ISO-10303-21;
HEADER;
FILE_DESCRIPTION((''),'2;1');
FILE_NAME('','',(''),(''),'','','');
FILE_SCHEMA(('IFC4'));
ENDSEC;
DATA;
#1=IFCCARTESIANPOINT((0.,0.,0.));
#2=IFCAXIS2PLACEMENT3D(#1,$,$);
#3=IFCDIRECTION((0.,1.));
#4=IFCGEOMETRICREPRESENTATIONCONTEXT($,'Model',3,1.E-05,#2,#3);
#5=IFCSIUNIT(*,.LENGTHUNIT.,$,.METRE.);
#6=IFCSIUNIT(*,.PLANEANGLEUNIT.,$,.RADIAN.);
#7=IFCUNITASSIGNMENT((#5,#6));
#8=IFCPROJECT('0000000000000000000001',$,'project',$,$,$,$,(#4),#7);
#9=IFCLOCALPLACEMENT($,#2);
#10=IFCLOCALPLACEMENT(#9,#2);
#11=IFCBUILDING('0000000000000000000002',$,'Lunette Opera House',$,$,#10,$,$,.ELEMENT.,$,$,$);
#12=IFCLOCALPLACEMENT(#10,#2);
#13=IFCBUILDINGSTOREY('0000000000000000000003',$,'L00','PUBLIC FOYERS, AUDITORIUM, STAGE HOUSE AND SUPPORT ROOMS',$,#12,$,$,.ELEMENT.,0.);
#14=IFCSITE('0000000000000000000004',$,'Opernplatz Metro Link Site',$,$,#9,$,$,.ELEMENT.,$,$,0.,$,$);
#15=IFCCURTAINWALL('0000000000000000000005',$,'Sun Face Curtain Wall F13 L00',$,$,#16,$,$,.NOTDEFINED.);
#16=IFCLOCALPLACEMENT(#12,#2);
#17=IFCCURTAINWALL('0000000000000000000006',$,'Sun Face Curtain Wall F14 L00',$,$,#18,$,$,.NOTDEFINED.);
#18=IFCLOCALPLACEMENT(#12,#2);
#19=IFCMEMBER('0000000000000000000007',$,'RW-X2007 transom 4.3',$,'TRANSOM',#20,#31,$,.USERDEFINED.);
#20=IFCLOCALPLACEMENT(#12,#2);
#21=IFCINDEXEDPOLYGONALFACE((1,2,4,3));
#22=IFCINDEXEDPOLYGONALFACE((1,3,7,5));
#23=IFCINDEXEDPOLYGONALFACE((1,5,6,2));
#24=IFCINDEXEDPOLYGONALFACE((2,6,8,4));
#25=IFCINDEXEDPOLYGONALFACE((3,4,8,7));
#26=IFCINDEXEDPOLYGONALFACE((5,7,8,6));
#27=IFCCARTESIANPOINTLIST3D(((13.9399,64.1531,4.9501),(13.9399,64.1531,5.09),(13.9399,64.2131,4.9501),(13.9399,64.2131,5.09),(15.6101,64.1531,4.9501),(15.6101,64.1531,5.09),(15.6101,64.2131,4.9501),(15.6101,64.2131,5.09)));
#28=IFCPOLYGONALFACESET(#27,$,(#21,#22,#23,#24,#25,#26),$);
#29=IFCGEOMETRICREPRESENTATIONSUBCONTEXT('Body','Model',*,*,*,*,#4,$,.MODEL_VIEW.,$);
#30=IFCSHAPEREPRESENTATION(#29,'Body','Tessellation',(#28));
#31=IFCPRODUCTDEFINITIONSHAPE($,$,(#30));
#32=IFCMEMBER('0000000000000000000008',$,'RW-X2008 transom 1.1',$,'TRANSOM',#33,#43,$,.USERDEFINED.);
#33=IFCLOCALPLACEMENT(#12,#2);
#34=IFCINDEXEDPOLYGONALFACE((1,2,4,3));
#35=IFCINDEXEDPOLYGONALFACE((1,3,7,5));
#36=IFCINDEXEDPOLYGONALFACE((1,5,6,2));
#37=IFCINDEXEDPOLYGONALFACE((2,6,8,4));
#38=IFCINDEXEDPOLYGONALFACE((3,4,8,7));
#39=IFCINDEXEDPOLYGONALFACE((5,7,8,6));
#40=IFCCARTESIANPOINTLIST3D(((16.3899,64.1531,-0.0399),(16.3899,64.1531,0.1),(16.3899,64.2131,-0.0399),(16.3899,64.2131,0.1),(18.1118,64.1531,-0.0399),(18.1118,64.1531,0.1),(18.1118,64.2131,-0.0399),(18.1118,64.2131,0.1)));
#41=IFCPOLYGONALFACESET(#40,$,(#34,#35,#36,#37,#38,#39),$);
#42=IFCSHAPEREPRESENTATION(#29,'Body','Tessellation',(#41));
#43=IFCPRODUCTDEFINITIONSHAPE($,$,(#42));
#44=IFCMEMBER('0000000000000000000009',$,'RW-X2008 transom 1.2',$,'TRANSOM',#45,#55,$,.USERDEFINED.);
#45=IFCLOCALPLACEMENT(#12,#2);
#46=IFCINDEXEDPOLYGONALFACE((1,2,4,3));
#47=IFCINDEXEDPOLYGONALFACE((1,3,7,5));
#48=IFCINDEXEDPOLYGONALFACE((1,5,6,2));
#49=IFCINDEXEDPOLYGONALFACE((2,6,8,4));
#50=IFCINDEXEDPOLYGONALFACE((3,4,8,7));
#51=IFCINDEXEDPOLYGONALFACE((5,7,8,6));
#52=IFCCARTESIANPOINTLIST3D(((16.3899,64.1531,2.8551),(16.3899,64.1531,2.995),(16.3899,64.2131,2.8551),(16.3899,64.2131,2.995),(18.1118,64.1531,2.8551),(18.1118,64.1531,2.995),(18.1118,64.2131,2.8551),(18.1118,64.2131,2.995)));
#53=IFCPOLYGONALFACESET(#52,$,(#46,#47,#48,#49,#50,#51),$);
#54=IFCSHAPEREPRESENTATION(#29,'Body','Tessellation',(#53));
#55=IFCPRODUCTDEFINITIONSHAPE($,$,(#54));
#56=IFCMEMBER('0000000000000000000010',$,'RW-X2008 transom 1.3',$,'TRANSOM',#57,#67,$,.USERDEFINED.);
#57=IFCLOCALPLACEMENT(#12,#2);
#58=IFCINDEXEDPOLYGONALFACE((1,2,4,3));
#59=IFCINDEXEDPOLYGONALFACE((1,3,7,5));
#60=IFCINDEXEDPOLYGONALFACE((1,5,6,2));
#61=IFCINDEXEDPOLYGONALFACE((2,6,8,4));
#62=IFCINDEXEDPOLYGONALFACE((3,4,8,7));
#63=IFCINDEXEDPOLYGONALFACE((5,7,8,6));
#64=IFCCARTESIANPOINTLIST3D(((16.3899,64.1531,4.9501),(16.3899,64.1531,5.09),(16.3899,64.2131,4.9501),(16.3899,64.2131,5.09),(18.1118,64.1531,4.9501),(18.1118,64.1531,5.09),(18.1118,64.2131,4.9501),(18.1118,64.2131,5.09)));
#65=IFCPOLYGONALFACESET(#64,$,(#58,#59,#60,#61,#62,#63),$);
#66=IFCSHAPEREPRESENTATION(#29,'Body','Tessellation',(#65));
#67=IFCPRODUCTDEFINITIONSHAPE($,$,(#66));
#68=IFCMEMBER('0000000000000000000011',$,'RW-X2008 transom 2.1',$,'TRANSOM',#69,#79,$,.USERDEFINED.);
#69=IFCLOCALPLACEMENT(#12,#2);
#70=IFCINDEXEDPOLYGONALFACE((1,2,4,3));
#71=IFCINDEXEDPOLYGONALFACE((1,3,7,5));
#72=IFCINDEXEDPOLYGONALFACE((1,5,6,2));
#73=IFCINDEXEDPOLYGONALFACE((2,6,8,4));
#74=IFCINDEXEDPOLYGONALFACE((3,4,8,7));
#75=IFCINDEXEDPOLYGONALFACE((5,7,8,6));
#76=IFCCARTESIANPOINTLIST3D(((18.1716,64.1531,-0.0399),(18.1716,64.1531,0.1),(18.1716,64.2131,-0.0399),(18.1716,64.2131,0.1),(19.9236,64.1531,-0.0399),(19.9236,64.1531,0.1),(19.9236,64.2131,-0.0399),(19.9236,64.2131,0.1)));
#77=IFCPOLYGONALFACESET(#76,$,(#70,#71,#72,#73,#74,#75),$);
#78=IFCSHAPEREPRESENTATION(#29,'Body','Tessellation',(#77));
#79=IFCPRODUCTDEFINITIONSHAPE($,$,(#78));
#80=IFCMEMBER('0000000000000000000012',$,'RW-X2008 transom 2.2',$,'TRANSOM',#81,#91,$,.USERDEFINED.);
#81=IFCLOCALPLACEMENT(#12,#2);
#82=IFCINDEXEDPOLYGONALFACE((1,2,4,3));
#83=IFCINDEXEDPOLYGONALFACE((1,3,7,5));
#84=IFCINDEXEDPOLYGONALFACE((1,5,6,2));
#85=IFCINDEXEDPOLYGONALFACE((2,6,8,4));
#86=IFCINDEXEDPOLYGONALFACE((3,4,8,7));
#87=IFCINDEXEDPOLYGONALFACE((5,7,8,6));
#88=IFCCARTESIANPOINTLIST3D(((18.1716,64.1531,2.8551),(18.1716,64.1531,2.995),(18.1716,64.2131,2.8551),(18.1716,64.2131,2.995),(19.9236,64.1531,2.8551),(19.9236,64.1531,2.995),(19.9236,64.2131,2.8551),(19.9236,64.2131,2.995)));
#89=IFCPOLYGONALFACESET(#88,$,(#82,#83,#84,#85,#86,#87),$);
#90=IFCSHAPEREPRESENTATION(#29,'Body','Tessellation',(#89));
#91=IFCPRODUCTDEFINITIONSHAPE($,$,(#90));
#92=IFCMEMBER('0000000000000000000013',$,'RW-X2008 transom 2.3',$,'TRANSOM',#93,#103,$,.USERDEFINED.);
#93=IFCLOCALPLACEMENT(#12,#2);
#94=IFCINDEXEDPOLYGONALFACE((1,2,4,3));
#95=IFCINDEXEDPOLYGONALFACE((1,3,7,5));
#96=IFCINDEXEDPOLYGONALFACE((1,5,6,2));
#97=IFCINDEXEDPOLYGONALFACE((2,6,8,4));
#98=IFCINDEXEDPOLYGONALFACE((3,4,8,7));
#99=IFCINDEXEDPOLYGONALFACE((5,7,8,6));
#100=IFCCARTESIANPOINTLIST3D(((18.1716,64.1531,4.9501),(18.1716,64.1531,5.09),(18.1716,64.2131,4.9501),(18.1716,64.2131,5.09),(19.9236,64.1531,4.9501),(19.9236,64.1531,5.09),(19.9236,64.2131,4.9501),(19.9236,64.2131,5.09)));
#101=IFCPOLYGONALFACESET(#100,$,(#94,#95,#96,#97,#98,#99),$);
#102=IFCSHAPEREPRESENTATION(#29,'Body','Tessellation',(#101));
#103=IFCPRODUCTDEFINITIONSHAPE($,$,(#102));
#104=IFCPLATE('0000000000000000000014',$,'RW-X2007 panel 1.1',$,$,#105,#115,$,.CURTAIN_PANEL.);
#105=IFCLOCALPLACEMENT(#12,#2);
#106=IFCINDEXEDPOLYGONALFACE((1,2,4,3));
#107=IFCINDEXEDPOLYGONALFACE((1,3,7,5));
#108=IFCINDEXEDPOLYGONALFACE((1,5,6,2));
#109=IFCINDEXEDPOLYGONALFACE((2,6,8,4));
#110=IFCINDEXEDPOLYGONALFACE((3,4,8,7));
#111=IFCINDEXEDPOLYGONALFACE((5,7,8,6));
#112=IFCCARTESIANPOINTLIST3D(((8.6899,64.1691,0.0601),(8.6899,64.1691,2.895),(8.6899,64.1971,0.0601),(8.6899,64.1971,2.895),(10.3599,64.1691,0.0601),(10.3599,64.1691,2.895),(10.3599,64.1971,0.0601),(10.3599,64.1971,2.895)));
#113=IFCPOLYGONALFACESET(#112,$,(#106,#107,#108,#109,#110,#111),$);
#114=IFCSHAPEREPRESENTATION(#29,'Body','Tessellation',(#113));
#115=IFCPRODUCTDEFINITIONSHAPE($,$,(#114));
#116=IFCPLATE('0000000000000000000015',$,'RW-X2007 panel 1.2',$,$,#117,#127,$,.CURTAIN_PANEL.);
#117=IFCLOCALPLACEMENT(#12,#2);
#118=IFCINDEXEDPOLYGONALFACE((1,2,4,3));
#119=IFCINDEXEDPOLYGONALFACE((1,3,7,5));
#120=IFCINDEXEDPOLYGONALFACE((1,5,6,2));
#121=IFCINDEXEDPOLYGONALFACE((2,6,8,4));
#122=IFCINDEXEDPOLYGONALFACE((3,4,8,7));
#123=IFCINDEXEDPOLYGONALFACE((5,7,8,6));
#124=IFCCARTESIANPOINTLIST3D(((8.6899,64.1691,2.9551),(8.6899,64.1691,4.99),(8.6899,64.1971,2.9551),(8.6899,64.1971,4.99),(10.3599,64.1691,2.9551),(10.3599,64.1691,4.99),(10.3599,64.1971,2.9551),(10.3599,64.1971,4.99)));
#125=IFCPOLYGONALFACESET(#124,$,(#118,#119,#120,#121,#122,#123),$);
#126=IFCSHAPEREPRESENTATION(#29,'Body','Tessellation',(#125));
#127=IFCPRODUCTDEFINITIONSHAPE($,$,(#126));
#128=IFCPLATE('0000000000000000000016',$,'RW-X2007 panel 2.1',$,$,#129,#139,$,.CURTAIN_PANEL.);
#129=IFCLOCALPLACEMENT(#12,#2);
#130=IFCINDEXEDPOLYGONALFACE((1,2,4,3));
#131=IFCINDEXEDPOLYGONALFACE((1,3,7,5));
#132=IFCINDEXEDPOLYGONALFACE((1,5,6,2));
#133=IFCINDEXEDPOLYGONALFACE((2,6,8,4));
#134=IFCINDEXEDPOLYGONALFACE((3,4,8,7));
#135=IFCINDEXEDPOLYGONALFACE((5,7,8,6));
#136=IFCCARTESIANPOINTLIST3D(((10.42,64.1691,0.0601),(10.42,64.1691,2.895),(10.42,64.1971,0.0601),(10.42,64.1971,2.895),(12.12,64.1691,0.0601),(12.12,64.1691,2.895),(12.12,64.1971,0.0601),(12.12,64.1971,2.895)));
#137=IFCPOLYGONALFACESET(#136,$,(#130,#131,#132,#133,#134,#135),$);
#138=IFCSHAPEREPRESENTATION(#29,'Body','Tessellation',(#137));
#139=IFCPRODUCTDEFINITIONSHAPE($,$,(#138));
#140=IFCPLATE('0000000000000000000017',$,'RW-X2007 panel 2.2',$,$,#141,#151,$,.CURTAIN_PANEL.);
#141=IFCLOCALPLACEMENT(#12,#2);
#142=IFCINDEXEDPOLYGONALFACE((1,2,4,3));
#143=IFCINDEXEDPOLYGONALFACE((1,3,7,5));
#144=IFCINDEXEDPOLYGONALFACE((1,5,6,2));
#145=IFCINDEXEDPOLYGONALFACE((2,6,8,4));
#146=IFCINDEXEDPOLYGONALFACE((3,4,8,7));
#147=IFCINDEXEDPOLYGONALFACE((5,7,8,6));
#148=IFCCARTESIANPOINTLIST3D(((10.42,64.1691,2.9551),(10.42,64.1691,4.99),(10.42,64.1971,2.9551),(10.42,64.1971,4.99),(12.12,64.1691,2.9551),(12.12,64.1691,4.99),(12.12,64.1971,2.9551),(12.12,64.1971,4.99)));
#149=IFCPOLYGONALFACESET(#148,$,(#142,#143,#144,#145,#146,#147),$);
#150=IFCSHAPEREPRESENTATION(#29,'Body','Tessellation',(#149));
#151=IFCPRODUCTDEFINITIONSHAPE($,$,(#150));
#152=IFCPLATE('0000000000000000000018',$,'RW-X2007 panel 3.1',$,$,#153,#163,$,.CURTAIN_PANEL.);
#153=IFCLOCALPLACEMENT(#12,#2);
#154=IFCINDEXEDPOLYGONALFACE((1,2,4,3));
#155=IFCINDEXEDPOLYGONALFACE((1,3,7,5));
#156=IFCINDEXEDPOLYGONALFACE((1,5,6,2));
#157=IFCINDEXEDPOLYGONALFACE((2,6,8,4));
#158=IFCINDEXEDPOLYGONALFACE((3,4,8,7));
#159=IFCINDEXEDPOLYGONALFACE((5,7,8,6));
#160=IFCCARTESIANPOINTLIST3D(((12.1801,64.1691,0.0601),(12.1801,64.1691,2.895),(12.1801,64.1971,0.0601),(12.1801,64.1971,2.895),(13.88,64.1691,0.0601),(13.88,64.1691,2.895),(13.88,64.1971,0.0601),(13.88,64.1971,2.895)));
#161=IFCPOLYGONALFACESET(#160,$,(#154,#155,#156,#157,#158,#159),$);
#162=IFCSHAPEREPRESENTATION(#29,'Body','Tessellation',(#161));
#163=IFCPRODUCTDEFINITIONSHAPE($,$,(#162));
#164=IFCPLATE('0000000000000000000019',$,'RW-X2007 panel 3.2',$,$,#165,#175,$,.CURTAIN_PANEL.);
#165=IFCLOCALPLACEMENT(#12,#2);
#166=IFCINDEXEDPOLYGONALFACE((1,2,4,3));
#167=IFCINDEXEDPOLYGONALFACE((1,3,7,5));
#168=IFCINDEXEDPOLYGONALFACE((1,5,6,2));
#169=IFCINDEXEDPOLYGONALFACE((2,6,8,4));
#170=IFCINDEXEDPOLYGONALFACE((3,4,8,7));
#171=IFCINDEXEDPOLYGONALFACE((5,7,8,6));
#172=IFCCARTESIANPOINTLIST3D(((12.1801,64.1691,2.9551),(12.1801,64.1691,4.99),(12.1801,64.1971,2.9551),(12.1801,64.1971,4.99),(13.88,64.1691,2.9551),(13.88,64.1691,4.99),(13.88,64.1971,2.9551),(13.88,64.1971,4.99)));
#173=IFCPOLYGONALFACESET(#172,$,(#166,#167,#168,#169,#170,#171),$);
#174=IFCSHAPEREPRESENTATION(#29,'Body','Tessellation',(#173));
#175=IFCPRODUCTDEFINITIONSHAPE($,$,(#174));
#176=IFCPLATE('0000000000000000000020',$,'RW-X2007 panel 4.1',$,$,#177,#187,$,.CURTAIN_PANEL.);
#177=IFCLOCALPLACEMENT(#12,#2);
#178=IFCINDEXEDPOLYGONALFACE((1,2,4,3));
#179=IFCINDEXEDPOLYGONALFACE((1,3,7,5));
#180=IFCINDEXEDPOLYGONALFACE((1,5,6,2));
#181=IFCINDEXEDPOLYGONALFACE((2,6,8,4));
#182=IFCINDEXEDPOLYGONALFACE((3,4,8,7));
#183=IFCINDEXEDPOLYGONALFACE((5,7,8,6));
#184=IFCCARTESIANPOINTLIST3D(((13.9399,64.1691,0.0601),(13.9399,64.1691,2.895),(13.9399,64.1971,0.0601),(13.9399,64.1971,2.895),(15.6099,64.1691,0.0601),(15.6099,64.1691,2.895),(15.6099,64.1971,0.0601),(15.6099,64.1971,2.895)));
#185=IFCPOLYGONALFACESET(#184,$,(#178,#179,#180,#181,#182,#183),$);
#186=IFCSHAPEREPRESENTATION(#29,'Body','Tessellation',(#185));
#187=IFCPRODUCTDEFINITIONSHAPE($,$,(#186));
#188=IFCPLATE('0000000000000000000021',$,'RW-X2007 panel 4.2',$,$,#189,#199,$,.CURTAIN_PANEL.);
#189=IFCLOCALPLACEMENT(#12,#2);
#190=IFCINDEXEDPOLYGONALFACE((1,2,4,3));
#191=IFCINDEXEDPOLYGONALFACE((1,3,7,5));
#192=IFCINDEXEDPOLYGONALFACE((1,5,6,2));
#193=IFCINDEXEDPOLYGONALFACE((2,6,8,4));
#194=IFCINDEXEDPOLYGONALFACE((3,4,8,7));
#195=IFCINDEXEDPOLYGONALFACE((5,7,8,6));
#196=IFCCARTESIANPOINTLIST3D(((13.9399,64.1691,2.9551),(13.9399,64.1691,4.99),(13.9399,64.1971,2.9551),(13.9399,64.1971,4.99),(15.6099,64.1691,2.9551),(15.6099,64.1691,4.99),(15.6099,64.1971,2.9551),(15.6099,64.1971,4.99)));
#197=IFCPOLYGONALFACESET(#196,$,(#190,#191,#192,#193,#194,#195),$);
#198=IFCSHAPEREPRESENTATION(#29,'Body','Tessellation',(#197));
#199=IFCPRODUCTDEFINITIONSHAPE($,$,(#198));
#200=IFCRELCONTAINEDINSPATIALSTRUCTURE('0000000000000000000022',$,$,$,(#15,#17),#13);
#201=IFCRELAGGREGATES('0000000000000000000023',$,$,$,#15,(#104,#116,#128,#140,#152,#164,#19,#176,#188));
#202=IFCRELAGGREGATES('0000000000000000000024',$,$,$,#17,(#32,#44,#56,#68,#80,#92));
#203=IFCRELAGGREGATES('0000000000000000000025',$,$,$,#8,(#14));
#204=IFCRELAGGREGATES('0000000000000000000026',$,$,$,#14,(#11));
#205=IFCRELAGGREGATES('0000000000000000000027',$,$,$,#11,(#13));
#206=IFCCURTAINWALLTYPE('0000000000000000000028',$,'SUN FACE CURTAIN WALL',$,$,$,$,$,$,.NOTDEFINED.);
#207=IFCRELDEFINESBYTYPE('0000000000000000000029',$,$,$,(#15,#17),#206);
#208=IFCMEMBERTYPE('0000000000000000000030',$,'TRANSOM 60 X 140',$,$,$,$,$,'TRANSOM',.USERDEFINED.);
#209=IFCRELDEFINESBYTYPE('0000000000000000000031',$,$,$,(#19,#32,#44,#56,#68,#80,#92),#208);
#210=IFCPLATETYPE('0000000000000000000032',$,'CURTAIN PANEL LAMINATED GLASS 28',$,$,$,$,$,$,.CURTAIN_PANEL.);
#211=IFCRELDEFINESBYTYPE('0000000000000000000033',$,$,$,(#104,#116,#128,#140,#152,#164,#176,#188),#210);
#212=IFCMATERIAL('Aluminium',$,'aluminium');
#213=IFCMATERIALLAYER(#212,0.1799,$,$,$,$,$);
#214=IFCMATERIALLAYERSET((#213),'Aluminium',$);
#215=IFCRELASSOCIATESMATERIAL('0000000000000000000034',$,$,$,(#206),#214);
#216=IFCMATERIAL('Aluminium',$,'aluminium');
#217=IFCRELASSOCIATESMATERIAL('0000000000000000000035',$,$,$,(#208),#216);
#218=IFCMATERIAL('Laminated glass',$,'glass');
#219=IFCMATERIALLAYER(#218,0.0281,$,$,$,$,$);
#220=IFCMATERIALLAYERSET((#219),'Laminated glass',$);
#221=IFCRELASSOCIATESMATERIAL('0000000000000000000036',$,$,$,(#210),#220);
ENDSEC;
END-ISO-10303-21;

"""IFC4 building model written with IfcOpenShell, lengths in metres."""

from ifc_helpers import new_model, si_unit, direction, frame, origin, origin_2d, place, context, subcontext, project, spatial, rectangle, extrude, material, layer, layer_set, material_profile, profile_set, type_object, element, aggregate, save


model = new_model("IFC4")

# Units and contexts
model_context = context("Model", 3, precision=1e-05, world=origin(), true_north=direction((0.0, 1.0)))
body_context = subcontext(model_context, "Body", "Model", "MODEL_VIEW")
ifc_project = project(units=[si_unit("LENGTHUNIT", "METRE"), si_unit("PLANEANGLEUNIT", "RADIAN")], contexts=[model_context])

# Site, building, storey
site_placement = place(None, origin())
site = spatial("IfcSite", under=ifc_project, at=site_placement, Name="Opernplatz Metro Link Site", CompositionType="ELEMENT", RefElevation=0.0)
building_placement = place(site_placement, origin())
building = spatial("IfcBuilding", under=site, at=building_placement, Name="Lunette Opera House", CompositionType="ELEMENT")
storey_placement = place(building_placement, origin())
storey = spatial("IfcBuildingStorey", under=building, at=storey_placement, Name="L00", Description="PUBLIC FOYERS, AUDITORIUM, STAGE HOUSE AND SUPPORT ROOMS", CompositionType="ELEMENT", Elevation=0.0)

# Curtain walls
ifc_material_1 = material(Name="Aluminium", Category="aluminium")
ifc_layer_1 = layer(ifc_material_1, 0.1799)
ifc_layer_set_1 = layer_set([ifc_layer_1], Name="Aluminium")
curtain_wall_type = type_object("IfcCurtainWallType", Name="SUN FACE CURTAIN WALL", PredefinedType="NOTDEFINED", material=ifc_layer_set_1)
curtain_wall_1_placement = place(storey_placement, origin())
curtain_wall_1 = element("IfcCurtainWall", 1, at=curtain_wall_1_placement, inside=storey, type_object=curtain_wall_type, Name="Sun Face Curtain Wall F13 L00", PredefinedType="NOTDEFINED")
curtain_wall_2_placement = place(storey_placement, origin())
curtain_wall_2 = element("IfcCurtainWall", 2, at=curtain_wall_2_placement, inside=storey, type_object=curtain_wall_type, Name="Sun Face Curtain Wall F14 L00", PredefinedType="NOTDEFINED")

# Members
ifc_material_2 = material(Name="Aluminium", Category="aluminium")
ifc_material_profile_1 = material_profile(ifc_material_2, rectangle(XDim=0.0601, YDim=0.1399, at=origin_2d()), Name="TRANSOM 60 X 140")
ifc_profile_set_1 = profile_set([ifc_material_profile_1], Name="Aluminium")
member_type_1 = type_object("IfcMemberType", Name="TRANSOM 60 X 140", ElementType="TRANSOM", PredefinedType="USERDEFINED", material=ifc_profile_set_1)
member_1_placement = place(storey_placement, frame((13.9399, 64.1831, 5.02), z_axis=(1.0, 0.0, 0.0), x_axis=(0.0, 1.0, 0.0)))
member_1 = element("IfcMember", 3, at=member_1_placement, type_object=member_type_1, Name="RW-X2007 transom 4.3", ObjectType="TRANSOM", PredefinedType="USERDEFINED", context=body_context, shape_type="SweptSolid", body=[
    extrude(rectangle(XDim=0.0601, YDim=0.1399, at=origin_2d()), origin(), (0.0, 0.0, 1.0), 1.6702),
])
member_2_placement = place(storey_placement, frame((16.3899, 64.1831, 0.03), z_axis=(1.0, 0.0, 0.0), x_axis=(0.0, 1.0, 0.0)))
member_2 = element("IfcMember", 4, at=member_2_placement, type_object=member_type_1, Name="RW-X2008 transom 1.1", ObjectType="TRANSOM", PredefinedType="USERDEFINED", context=body_context, shape_type="SweptSolid", body=[
    extrude(rectangle(XDim=0.0601, YDim=0.1399, at=origin_2d()), origin(), (0.0, 0.0, 1.0), 1.7219),
])
member_3_placement = place(storey_placement, frame((16.3899, 64.1831, 2.925), z_axis=(1.0, 0.0, 0.0), x_axis=(0.0, 1.0, 0.0)))
member_3 = element("IfcMember", 5, at=member_3_placement, type_object=member_type_1, Name="RW-X2008 transom 1.2", ObjectType="TRANSOM", PredefinedType="USERDEFINED", context=body_context, shape_type="SweptSolid", body=[
    extrude(rectangle(XDim=0.0601, YDim=0.1399, at=origin_2d()), origin(), (0.0, 0.0, 1.0), 1.7219),
])
member_4_placement = place(storey_placement, frame((16.3899, 64.1831, 5.02), z_axis=(1.0, 0.0, 0.0), x_axis=(0.0, 1.0, 0.0)))
member_4 = element("IfcMember", 6, at=member_4_placement, type_object=member_type_1, Name="RW-X2008 transom 1.3", ObjectType="TRANSOM", PredefinedType="USERDEFINED", context=body_context, shape_type="SweptSolid", body=[
    extrude(rectangle(XDim=0.0601, YDim=0.1399, at=origin_2d()), origin(), (0.0, 0.0, 1.0), 1.7219),
])
member_5_placement = place(storey_placement, frame((18.1716, 64.1831, 0.03), z_axis=(1.0, 0.0, 0.0), x_axis=(0.0, 1.0, 0.0)))
member_5 = element("IfcMember", 7, at=member_5_placement, type_object=member_type_1, Name="RW-X2008 transom 2.1", ObjectType="TRANSOM", PredefinedType="USERDEFINED", context=body_context, shape_type="SweptSolid", body=[
    extrude(rectangle(XDim=0.0601, YDim=0.1399, at=origin_2d()), origin(), (0.0, 0.0, 1.0), 1.752),
])
member_6_placement = place(storey_placement, frame((18.1716, 64.1831, 2.925), z_axis=(1.0, 0.0, 0.0), x_axis=(0.0, 1.0, 0.0)))
member_6 = element("IfcMember", 8, at=member_6_placement, type_object=member_type_1, Name="RW-X2008 transom 2.2", ObjectType="TRANSOM", PredefinedType="USERDEFINED", context=body_context, shape_type="SweptSolid", body=[
    extrude(rectangle(XDim=0.0601, YDim=0.1399, at=origin_2d()), origin(), (0.0, 0.0, 1.0), 1.752),
])
member_7_placement = place(storey_placement, frame((18.1716, 64.1831, 5.02), z_axis=(1.0, 0.0, 0.0), x_axis=(0.0, 1.0, 0.0)))
member_7 = element("IfcMember", 9, at=member_7_placement, type_object=member_type_1, Name="RW-X2008 transom 2.3", ObjectType="TRANSOM", PredefinedType="USERDEFINED", context=body_context, shape_type="SweptSolid", body=[
    extrude(rectangle(XDim=0.0601, YDim=0.1399, at=origin_2d()), origin(), (0.0, 0.0, 1.0), 1.752),
])

# Plates
ifc_material_3 = material(Name="Laminated glass", Category="glass")
ifc_layer_2 = layer(ifc_material_3, 0.0281)
ifc_layer_set_2 = layer_set([ifc_layer_2], Name="Laminated glass")
plate_type = type_object("IfcPlateType", Name="CURTAIN PANEL LAMINATED GLASS 28", PredefinedType="CURTAIN_PANEL", material=ifc_layer_set_2)
plate_1_placement = place(storey_placement, frame((9.5249, 64.1831, 0.0601), z_axis=(0.0, 0.0, 1.0), x_axis=(1.0, 0.0, 0.0)))
plate_1 = element("IfcPlate", 10, at=plate_1_placement, type_object=plate_type, Name="RW-X2007 panel 1.1", PredefinedType="CURTAIN_PANEL", context=body_context, shape_type="SweptSolid", body=[
    extrude(rectangle(XDim=1.6699, YDim=0.0281, at=origin_2d()), origin(), (0.0, 0.0, 1.0), 2.835),
])
plate_2_placement = place(storey_placement, frame((9.5249, 64.1831, 2.9551), z_axis=(0.0, 0.0, 1.0), x_axis=(1.0, 0.0, 0.0)))
plate_2 = element("IfcPlate", 11, at=plate_2_placement, type_object=plate_type, Name="RW-X2007 panel 1.2", PredefinedType="CURTAIN_PANEL", context=body_context, shape_type="SweptSolid", body=[
    extrude(rectangle(XDim=1.6699, YDim=0.0281, at=origin_2d()), origin(), (0.0, 0.0, 1.0), 2.0349),
])
plate_3_placement = place(storey_placement, frame((11.27, 64.1831, 0.0601), z_axis=(0.0, 0.0, 1.0), x_axis=(1.0, 0.0, 0.0)))
plate_3 = element("IfcPlate", 12, at=plate_3_placement, type_object=plate_type, Name="RW-X2007 panel 2.1", PredefinedType="CURTAIN_PANEL", context=body_context, shape_type="SweptSolid", body=[
    extrude(rectangle(XDim=1.7, YDim=0.0281, at=origin_2d()), origin(), (0.0, 0.0, 1.0), 2.835),
])
plate_4_placement = place(storey_placement, frame((11.27, 64.1831, 2.9551), z_axis=(0.0, 0.0, 1.0), x_axis=(1.0, 0.0, 0.0)))
plate_4 = element("IfcPlate", 13, at=plate_4_placement, type_object=plate_type, Name="RW-X2007 panel 2.2", PredefinedType="CURTAIN_PANEL", context=body_context, shape_type="SweptSolid", body=[
    extrude(rectangle(XDim=1.7, YDim=0.0281, at=origin_2d()), origin(), (0.0, 0.0, 1.0), 2.0349),
])
plate_5_placement = place(storey_placement, frame((13.03, 64.1831, 0.0601), z_axis=(0.0, 0.0, 1.0), x_axis=(1.0, 0.0, 0.0)))
plate_5 = element("IfcPlate", 14, at=plate_5_placement, type_object=plate_type, Name="RW-X2007 panel 3.1", PredefinedType="CURTAIN_PANEL", context=body_context, shape_type="SweptSolid", body=[
    extrude(rectangle(XDim=1.7, YDim=0.0281, at=origin_2d()), origin(), (0.0, 0.0, 1.0), 2.835),
])
plate_6_placement = place(storey_placement, frame((13.03, 64.1831, 2.9551), z_axis=(0.0, 0.0, 1.0), x_axis=(1.0, 0.0, 0.0)))
plate_6 = element("IfcPlate", 15, at=plate_6_placement, type_object=plate_type, Name="RW-X2007 panel 3.2", PredefinedType="CURTAIN_PANEL", context=body_context, shape_type="SweptSolid", body=[
    extrude(rectangle(XDim=1.7, YDim=0.0281, at=origin_2d()), origin(), (0.0, 0.0, 1.0), 2.0349),
])
plate_7_placement = place(storey_placement, frame((14.7749, 64.1831, 0.0601), z_axis=(0.0, 0.0, 1.0), x_axis=(1.0, 0.0, 0.0)))
plate_7 = element("IfcPlate", 16, at=plate_7_placement, type_object=plate_type, Name="RW-X2007 panel 4.1", PredefinedType="CURTAIN_PANEL", context=body_context, shape_type="SweptSolid", body=[
    extrude(rectangle(XDim=1.6699, YDim=0.0281, at=origin_2d()), origin(), (0.0, 0.0, 1.0), 2.835),
])
plate_8_placement = place(storey_placement, frame((14.7749, 64.1831, 2.9551), z_axis=(0.0, 0.0, 1.0), x_axis=(1.0, 0.0, 0.0)))
plate_8 = element("IfcPlate", 17, at=plate_8_placement, type_object=plate_type, Name="RW-X2007 panel 4.2", PredefinedType="CURTAIN_PANEL", context=body_context, shape_type="SweptSolid", body=[
    extrude(rectangle(XDim=1.6699, YDim=0.0281, at=origin_2d()), origin(), (0.0, 0.0, 1.0), 2.0349),
])
aggregate(curtain_wall_1, [plate_1, plate_2, plate_3, plate_4, plate_5, plate_6, member_1, plate_7, plate_8])
aggregate(curtain_wall_2, [member_2, member_3, member_4, member_5, member_6, member_7])

save(model, "model.ifc")
